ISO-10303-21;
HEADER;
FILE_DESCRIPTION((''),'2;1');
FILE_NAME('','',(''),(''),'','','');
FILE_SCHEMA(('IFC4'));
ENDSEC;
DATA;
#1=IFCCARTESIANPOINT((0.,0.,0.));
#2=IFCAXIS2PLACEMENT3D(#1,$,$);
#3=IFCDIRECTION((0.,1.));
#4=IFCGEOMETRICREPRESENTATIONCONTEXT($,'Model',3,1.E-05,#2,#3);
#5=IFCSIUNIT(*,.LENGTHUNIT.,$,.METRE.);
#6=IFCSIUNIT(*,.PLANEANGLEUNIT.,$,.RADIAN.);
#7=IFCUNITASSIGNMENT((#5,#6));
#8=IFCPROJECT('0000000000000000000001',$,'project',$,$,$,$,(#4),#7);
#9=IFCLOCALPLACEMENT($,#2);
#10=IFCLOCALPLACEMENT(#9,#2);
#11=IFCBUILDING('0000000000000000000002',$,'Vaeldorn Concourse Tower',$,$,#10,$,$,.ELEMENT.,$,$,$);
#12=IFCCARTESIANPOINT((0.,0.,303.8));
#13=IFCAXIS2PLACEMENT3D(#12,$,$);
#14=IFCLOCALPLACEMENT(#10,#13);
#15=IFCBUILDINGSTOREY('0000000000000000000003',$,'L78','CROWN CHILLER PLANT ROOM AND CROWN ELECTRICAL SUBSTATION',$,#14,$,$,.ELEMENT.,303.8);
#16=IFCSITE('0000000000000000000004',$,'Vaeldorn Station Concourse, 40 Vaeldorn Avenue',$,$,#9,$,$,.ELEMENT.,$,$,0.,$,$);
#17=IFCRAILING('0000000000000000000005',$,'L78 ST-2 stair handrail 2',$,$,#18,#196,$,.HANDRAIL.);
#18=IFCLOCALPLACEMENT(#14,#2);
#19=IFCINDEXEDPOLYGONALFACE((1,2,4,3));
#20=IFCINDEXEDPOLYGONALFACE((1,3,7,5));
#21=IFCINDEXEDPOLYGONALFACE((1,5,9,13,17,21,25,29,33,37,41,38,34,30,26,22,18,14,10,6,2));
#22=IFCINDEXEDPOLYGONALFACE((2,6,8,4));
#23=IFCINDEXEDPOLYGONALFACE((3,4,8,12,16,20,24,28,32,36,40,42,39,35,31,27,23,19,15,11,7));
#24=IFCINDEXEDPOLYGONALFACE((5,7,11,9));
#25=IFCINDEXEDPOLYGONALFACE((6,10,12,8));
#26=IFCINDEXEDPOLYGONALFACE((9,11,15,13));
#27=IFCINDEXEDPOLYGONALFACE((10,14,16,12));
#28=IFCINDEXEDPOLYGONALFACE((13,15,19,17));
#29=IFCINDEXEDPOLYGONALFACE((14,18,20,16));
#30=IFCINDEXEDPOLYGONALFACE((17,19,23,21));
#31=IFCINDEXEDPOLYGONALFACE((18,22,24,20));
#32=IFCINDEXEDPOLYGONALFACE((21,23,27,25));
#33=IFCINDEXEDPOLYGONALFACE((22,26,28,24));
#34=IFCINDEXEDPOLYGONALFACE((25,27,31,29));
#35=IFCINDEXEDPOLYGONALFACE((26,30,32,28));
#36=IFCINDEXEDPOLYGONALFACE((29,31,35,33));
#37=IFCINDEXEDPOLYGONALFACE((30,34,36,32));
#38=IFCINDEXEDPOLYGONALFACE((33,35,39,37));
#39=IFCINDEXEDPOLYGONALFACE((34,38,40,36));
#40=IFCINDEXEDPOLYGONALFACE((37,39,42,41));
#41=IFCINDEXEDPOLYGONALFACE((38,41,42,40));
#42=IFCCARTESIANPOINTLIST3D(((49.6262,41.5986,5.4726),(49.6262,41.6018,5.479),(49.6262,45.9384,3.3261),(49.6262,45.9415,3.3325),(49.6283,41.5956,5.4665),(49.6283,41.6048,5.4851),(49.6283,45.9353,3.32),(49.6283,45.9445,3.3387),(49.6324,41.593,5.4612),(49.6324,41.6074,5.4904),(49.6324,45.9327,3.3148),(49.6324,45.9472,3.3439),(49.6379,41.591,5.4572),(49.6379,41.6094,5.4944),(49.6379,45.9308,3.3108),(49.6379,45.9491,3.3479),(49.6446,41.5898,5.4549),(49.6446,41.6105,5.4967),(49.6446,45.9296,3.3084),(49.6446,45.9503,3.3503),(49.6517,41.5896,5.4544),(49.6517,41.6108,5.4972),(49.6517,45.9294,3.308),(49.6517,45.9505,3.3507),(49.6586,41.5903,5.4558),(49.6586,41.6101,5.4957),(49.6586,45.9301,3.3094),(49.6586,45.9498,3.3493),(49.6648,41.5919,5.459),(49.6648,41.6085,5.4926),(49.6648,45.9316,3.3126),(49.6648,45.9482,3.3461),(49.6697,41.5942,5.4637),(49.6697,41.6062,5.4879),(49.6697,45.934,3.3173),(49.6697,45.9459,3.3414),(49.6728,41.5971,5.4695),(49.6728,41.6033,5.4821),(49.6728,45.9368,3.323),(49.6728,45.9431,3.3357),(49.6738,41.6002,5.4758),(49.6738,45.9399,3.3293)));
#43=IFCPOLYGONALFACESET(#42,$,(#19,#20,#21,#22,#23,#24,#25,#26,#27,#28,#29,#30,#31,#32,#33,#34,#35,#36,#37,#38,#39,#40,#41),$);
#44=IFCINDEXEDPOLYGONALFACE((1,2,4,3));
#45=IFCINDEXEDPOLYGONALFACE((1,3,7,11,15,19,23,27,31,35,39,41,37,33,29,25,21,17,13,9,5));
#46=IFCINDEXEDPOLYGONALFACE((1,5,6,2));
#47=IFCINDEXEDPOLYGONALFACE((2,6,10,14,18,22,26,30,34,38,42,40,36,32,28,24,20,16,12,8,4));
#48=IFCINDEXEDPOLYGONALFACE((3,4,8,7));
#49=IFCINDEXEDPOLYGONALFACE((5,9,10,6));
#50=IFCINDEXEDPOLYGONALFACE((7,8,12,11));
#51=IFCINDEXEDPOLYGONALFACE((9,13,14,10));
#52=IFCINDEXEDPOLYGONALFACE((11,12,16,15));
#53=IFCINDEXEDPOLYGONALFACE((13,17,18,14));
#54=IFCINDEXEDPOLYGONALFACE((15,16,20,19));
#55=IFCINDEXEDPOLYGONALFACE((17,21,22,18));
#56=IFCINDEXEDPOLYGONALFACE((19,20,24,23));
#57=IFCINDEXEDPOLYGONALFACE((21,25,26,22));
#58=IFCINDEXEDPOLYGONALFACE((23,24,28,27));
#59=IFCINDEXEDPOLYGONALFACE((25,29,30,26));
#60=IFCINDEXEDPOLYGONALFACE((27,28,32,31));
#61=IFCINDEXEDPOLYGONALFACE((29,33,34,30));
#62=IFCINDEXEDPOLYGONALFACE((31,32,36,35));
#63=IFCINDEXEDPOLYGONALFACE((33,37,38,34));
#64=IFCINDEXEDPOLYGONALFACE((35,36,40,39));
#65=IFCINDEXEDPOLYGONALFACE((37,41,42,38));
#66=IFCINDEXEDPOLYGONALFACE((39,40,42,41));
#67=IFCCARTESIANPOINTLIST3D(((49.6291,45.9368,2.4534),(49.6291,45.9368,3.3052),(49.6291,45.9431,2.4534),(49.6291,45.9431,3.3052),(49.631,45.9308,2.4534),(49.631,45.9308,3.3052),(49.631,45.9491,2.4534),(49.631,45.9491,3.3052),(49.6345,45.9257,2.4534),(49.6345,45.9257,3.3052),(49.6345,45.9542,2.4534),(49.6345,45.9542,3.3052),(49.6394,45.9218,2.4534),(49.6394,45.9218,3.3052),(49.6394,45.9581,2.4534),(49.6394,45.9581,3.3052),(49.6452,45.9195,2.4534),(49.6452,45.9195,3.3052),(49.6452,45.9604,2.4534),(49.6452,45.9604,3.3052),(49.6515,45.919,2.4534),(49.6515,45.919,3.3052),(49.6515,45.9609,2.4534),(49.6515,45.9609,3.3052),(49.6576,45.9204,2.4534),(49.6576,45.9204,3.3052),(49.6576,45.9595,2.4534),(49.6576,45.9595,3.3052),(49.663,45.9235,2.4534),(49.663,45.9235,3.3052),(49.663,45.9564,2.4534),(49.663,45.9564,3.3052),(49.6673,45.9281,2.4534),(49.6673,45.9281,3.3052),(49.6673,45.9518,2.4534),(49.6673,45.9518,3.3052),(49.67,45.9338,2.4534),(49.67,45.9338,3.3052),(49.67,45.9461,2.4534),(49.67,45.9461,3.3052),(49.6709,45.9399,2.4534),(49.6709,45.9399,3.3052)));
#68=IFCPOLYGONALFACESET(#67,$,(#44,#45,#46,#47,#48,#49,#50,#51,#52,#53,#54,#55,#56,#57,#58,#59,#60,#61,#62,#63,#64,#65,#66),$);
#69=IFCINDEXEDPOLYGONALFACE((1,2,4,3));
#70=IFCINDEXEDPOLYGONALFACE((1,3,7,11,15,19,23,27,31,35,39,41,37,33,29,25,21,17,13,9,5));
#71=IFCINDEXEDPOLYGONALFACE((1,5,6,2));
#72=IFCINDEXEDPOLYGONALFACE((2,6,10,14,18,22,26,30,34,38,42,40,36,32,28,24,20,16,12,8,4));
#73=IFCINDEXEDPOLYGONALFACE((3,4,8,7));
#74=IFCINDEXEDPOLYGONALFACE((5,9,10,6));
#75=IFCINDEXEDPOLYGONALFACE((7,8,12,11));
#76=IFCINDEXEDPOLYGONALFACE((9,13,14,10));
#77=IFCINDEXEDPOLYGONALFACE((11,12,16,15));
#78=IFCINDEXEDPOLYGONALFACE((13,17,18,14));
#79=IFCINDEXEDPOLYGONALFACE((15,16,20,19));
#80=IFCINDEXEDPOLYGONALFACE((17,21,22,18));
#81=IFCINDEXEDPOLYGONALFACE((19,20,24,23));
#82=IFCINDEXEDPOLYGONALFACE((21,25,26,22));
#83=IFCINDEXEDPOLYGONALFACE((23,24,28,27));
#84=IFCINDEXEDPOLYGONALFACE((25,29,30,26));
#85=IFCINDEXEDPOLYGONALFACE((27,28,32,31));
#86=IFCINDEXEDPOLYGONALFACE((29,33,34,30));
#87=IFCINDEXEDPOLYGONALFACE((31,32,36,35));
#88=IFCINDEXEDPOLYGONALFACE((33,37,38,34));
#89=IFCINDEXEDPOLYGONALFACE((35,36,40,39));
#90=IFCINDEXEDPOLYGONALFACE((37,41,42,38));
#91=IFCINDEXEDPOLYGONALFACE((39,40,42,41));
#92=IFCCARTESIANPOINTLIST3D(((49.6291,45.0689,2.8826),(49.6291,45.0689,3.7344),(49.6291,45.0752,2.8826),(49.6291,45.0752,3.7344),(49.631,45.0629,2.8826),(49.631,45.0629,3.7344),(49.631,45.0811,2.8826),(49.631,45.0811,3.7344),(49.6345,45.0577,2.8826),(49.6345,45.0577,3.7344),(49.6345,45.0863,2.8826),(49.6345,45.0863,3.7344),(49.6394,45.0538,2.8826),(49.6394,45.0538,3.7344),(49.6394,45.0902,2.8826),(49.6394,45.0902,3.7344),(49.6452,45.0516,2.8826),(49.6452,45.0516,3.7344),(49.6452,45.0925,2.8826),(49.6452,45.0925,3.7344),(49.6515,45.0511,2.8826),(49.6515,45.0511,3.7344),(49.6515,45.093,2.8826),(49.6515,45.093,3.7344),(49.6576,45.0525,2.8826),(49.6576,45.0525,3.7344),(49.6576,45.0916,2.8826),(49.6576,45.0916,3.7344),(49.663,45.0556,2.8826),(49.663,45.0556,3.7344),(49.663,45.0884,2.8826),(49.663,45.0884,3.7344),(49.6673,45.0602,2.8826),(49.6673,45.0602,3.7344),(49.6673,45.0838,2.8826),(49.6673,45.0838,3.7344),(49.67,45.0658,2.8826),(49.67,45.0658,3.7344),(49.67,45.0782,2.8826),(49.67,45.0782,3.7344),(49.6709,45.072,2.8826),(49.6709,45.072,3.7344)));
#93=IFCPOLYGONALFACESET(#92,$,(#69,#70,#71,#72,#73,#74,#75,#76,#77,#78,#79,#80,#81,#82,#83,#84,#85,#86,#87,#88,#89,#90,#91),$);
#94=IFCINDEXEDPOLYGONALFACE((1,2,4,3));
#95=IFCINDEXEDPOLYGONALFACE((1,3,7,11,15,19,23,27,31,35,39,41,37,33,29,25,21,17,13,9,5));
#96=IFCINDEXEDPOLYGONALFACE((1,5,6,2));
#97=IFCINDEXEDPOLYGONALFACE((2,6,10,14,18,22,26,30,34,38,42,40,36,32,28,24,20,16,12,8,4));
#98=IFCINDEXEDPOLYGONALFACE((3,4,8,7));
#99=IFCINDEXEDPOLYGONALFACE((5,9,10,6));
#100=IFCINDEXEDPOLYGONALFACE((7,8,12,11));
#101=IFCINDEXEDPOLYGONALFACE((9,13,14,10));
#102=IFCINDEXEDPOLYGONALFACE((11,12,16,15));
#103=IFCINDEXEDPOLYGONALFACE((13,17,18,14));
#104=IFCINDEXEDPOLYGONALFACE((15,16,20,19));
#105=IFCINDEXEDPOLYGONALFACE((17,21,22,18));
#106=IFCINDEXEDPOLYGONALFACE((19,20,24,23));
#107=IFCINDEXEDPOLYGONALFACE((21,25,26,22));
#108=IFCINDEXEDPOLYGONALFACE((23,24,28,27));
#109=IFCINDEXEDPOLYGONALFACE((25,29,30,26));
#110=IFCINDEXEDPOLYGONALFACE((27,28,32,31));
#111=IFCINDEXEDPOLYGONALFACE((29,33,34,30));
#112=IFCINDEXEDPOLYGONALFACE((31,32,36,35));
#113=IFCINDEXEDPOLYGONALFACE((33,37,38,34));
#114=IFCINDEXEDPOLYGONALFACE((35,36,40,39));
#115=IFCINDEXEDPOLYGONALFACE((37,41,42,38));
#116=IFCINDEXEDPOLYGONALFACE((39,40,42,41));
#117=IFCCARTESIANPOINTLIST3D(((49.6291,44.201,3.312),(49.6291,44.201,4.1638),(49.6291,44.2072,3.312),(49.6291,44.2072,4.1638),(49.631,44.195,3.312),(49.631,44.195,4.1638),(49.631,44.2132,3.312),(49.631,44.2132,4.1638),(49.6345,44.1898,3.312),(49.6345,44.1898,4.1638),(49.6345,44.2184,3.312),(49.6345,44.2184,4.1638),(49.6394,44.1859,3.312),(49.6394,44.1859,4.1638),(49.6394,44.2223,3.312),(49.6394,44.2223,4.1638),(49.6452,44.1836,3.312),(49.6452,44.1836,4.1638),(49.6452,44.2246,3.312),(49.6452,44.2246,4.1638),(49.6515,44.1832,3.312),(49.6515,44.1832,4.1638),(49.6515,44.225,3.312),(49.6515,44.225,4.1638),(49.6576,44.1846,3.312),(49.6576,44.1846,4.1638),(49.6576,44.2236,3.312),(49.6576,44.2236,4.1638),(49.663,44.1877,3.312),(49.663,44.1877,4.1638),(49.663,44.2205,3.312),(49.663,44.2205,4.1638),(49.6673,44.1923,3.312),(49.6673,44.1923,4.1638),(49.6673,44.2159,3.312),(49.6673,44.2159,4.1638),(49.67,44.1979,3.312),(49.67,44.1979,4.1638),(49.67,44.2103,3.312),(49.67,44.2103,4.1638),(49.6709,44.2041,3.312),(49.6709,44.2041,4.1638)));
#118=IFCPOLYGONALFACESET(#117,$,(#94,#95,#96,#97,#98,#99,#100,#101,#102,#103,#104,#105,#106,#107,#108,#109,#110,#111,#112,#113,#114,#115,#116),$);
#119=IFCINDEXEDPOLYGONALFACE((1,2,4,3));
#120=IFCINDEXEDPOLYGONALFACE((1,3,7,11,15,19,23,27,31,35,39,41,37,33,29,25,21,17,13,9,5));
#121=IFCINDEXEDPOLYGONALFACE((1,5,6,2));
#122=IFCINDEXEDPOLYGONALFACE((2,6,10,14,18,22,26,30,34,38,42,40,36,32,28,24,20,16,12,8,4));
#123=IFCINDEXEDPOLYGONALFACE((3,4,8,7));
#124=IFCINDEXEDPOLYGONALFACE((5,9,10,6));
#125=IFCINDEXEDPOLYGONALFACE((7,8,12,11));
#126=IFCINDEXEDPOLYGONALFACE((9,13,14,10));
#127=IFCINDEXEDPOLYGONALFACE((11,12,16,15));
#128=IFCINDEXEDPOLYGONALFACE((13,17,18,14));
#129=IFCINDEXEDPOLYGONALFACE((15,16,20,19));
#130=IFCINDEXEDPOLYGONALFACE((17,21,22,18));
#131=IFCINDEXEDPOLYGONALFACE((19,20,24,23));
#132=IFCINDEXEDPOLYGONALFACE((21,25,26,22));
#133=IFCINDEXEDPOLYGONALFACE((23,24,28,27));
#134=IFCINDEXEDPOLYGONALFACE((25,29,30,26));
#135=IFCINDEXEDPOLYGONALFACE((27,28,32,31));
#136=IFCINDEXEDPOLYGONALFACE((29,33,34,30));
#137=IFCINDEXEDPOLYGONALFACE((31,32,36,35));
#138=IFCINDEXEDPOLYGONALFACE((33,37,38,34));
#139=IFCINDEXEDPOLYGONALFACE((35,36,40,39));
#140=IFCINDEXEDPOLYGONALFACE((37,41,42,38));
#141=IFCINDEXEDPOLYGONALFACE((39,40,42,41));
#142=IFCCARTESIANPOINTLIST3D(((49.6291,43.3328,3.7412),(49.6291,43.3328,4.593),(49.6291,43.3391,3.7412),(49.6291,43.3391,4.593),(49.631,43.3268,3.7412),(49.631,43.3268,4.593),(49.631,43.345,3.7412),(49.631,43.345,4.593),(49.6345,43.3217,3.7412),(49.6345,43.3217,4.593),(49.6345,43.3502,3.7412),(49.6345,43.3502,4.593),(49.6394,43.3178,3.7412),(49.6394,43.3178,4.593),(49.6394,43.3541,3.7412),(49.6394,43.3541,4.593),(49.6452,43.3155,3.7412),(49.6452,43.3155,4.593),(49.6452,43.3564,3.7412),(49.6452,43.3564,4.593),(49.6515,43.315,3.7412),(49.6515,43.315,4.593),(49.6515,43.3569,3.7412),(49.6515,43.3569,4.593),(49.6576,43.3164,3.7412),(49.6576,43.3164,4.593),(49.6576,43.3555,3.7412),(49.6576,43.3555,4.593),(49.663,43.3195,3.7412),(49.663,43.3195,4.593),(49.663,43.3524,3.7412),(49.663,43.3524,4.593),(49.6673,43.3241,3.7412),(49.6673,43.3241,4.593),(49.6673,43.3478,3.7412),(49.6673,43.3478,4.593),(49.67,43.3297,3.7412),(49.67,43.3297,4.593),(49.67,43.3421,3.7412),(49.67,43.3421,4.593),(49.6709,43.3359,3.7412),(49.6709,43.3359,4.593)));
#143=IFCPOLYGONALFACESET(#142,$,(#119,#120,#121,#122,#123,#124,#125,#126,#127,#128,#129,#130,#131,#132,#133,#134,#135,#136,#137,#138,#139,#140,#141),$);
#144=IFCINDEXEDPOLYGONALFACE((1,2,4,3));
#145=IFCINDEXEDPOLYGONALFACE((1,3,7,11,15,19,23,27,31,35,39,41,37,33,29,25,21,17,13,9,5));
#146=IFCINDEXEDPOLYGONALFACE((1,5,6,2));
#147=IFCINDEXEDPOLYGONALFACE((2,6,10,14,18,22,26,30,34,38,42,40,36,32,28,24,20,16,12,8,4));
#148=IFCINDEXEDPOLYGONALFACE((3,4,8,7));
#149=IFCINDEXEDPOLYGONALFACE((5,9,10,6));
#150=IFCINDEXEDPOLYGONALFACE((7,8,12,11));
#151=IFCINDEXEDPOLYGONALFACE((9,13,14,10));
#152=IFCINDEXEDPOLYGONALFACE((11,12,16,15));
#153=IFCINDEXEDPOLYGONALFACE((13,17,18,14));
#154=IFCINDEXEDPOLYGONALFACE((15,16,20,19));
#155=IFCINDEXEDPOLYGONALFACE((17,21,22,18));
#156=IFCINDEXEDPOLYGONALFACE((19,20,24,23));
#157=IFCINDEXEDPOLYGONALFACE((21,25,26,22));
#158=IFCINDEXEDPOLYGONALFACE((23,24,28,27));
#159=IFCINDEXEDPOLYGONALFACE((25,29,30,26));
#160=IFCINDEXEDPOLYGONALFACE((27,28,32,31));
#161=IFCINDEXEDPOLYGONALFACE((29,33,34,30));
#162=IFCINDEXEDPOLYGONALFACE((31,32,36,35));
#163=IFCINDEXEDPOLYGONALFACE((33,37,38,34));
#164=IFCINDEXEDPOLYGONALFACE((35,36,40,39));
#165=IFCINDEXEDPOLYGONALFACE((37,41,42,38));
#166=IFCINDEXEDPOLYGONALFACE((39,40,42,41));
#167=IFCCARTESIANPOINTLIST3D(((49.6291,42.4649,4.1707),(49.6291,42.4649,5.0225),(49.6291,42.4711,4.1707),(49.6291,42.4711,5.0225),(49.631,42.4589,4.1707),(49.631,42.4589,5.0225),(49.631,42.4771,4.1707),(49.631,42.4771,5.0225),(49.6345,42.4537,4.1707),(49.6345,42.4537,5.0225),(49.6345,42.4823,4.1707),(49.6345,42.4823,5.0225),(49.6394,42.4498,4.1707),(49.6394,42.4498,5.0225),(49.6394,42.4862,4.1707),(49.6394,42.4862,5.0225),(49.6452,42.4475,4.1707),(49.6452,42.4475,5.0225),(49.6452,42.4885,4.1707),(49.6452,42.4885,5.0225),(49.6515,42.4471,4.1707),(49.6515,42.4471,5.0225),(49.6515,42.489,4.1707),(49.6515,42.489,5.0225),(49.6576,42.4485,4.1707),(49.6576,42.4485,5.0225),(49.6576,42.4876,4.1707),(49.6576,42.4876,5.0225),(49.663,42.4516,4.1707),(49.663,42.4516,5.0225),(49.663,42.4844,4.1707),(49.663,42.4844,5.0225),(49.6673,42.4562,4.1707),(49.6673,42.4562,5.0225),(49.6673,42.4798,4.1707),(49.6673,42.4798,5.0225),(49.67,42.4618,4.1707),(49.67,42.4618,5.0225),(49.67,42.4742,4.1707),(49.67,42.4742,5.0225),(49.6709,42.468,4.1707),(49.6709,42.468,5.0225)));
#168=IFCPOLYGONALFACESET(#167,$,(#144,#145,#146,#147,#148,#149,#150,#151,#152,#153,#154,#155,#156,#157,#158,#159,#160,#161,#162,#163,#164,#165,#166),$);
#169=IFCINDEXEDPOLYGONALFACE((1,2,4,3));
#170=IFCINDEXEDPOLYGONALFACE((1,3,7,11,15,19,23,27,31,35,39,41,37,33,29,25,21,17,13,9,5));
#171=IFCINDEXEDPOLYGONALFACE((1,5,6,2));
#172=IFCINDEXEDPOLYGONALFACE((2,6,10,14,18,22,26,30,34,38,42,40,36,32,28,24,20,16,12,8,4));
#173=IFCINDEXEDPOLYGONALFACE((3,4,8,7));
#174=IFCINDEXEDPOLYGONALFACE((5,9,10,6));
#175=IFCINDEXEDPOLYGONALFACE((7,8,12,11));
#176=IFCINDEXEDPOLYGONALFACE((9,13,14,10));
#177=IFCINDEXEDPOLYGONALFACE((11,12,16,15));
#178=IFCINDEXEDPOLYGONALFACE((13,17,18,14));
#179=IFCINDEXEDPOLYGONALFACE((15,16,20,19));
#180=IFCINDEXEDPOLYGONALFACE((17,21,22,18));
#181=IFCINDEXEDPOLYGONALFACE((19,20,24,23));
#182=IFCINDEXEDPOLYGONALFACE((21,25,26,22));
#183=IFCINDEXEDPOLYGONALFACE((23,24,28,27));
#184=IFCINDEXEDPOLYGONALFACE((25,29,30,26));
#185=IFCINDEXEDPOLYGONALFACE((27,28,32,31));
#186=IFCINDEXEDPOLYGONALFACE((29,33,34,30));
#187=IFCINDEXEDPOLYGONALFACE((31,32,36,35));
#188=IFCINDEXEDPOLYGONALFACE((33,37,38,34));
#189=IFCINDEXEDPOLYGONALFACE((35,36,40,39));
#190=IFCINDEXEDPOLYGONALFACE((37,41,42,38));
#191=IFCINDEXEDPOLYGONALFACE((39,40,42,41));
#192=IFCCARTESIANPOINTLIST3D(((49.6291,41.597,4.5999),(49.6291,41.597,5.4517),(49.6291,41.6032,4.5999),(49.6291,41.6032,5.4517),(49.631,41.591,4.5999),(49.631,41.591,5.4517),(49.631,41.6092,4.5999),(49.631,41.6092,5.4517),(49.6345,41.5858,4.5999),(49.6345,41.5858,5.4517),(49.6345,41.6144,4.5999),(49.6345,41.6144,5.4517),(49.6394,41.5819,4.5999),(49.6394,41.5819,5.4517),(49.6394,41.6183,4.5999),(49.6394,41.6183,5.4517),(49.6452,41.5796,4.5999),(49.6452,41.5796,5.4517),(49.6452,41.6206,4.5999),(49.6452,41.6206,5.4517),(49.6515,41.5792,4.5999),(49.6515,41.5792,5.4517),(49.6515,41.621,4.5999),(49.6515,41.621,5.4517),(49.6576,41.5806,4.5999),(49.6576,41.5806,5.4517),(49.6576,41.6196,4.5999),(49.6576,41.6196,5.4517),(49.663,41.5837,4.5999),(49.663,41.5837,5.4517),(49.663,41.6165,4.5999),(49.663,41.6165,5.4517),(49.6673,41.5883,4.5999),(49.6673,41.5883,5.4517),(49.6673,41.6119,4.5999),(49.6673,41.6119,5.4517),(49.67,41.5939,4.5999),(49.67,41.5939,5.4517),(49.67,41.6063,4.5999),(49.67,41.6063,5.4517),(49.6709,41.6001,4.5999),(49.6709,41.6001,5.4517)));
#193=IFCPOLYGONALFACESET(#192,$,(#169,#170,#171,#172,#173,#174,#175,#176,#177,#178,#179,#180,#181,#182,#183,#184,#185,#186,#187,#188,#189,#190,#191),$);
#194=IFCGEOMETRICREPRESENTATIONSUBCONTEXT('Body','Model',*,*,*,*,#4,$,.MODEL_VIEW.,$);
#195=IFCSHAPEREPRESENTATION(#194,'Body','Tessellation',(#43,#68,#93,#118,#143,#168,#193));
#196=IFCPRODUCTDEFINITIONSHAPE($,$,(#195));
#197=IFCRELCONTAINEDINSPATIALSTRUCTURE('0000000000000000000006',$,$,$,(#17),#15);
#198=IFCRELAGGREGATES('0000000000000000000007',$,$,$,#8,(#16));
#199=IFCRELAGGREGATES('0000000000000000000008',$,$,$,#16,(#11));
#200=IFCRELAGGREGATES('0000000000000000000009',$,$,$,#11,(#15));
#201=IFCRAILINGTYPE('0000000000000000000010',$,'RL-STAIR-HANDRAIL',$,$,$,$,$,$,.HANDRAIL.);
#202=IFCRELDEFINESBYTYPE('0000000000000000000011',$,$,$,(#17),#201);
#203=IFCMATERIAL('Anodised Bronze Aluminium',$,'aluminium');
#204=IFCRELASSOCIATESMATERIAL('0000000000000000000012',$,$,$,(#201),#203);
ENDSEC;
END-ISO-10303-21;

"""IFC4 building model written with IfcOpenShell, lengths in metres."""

from ifc_helpers import new_model, si_unit, direction, frame, origin, origin_2d, place, context, subcontext, project, spatial, circle, extrude, material, type_object, element, save


model = new_model("IFC4")

# Units and contexts
model_context = context("Model", 3, precision=1e-05, world=origin(), true_north=direction((0.0, 1.0)))
body_context = subcontext(model_context, "Body", "Model", "MODEL_VIEW")
ifc_project = project(units=[si_unit("LENGTHUNIT", "METRE"), si_unit("PLANEANGLEUNIT", "RADIAN")], contexts=[model_context])

# Site, building, storey
site_placement = place(None, origin())
site = spatial("IfcSite", under=ifc_project, at=site_placement, Name="Vaeldorn Station Concourse, 40 Vaeldorn Avenue", CompositionType="ELEMENT", RefElevation=0.0)
building_placement = place(site_placement, origin())
building = spatial("IfcBuilding", under=site, at=building_placement, Name="Vaeldorn Concourse Tower", CompositionType="ELEMENT")
storey_placement = place(building_placement, frame((0.0, 0.0, 303.8)))
storey = spatial("IfcBuildingStorey", under=building, at=storey_placement, Name="L78", Description="CROWN CHILLER PLANT ROOM AND CROWN ELECTRICAL SUBSTATION", CompositionType="ELEMENT", Elevation=303.8)

# Shared definitions
ifc_material_1 = material(Name="Anodised Bronze Aluminium", Category="aluminium")

# Railing
railing_type_1 = type_object("IfcRailingType", Name="RL-STAIR-HANDRAIL", PredefinedType="HANDRAIL", material=ifc_material_1)
railing_1_placement = place(storey_placement, frame((49.6499, 45.9399, 2.4534)))
element("IfcRailing", 1, at=railing_1_placement, inside=storey, type_object=railing_type_1, Name="L78 ST-2 stair handrail 2", PredefinedType="HANDRAIL", context=body_context, shape_type="SweptSolid", body=[
    extrude(circle(Radius=0.0239, at=origin_2d()), frame((0.0, 0.0, 0.876), z_axis=(0.0, -0.896355, 0.443337), x_axis=(1.0, 0.0, 0.0)), (0.0, 0.0, 1.0), 4.8416),
    extrude(circle(Radius=0.021, at=origin_2d()), origin(), (0.0, 0.0, 1.0), 0.8518),
    extrude(circle(Radius=0.021, at=origin_2d()), frame((0.0, -0.8679, 0.4292)), (0.0, 0.0, 1.0), 0.8518),
    extrude(circle(Radius=0.021, at=origin_2d()), frame((0.0, -1.7358, 0.8586)), (0.0, 0.0, 1.0), 0.8518),
    extrude(circle(Radius=0.021, at=origin_2d()), frame((0.0, -2.604, 1.2878)), (0.0, 0.0, 1.0), 0.8518),
    extrude(circle(Radius=0.021, at=origin_2d()), frame((0.0, -3.4719, 1.7173)), (0.0, 0.0, 1.0), 0.8518),
    extrude(circle(Radius=0.021, at=origin_2d()), frame((0.0, -4.3398, 2.1465)), (0.0, 0.0, 1.0), 0.8518),
])

save(model, "model.ifc")
